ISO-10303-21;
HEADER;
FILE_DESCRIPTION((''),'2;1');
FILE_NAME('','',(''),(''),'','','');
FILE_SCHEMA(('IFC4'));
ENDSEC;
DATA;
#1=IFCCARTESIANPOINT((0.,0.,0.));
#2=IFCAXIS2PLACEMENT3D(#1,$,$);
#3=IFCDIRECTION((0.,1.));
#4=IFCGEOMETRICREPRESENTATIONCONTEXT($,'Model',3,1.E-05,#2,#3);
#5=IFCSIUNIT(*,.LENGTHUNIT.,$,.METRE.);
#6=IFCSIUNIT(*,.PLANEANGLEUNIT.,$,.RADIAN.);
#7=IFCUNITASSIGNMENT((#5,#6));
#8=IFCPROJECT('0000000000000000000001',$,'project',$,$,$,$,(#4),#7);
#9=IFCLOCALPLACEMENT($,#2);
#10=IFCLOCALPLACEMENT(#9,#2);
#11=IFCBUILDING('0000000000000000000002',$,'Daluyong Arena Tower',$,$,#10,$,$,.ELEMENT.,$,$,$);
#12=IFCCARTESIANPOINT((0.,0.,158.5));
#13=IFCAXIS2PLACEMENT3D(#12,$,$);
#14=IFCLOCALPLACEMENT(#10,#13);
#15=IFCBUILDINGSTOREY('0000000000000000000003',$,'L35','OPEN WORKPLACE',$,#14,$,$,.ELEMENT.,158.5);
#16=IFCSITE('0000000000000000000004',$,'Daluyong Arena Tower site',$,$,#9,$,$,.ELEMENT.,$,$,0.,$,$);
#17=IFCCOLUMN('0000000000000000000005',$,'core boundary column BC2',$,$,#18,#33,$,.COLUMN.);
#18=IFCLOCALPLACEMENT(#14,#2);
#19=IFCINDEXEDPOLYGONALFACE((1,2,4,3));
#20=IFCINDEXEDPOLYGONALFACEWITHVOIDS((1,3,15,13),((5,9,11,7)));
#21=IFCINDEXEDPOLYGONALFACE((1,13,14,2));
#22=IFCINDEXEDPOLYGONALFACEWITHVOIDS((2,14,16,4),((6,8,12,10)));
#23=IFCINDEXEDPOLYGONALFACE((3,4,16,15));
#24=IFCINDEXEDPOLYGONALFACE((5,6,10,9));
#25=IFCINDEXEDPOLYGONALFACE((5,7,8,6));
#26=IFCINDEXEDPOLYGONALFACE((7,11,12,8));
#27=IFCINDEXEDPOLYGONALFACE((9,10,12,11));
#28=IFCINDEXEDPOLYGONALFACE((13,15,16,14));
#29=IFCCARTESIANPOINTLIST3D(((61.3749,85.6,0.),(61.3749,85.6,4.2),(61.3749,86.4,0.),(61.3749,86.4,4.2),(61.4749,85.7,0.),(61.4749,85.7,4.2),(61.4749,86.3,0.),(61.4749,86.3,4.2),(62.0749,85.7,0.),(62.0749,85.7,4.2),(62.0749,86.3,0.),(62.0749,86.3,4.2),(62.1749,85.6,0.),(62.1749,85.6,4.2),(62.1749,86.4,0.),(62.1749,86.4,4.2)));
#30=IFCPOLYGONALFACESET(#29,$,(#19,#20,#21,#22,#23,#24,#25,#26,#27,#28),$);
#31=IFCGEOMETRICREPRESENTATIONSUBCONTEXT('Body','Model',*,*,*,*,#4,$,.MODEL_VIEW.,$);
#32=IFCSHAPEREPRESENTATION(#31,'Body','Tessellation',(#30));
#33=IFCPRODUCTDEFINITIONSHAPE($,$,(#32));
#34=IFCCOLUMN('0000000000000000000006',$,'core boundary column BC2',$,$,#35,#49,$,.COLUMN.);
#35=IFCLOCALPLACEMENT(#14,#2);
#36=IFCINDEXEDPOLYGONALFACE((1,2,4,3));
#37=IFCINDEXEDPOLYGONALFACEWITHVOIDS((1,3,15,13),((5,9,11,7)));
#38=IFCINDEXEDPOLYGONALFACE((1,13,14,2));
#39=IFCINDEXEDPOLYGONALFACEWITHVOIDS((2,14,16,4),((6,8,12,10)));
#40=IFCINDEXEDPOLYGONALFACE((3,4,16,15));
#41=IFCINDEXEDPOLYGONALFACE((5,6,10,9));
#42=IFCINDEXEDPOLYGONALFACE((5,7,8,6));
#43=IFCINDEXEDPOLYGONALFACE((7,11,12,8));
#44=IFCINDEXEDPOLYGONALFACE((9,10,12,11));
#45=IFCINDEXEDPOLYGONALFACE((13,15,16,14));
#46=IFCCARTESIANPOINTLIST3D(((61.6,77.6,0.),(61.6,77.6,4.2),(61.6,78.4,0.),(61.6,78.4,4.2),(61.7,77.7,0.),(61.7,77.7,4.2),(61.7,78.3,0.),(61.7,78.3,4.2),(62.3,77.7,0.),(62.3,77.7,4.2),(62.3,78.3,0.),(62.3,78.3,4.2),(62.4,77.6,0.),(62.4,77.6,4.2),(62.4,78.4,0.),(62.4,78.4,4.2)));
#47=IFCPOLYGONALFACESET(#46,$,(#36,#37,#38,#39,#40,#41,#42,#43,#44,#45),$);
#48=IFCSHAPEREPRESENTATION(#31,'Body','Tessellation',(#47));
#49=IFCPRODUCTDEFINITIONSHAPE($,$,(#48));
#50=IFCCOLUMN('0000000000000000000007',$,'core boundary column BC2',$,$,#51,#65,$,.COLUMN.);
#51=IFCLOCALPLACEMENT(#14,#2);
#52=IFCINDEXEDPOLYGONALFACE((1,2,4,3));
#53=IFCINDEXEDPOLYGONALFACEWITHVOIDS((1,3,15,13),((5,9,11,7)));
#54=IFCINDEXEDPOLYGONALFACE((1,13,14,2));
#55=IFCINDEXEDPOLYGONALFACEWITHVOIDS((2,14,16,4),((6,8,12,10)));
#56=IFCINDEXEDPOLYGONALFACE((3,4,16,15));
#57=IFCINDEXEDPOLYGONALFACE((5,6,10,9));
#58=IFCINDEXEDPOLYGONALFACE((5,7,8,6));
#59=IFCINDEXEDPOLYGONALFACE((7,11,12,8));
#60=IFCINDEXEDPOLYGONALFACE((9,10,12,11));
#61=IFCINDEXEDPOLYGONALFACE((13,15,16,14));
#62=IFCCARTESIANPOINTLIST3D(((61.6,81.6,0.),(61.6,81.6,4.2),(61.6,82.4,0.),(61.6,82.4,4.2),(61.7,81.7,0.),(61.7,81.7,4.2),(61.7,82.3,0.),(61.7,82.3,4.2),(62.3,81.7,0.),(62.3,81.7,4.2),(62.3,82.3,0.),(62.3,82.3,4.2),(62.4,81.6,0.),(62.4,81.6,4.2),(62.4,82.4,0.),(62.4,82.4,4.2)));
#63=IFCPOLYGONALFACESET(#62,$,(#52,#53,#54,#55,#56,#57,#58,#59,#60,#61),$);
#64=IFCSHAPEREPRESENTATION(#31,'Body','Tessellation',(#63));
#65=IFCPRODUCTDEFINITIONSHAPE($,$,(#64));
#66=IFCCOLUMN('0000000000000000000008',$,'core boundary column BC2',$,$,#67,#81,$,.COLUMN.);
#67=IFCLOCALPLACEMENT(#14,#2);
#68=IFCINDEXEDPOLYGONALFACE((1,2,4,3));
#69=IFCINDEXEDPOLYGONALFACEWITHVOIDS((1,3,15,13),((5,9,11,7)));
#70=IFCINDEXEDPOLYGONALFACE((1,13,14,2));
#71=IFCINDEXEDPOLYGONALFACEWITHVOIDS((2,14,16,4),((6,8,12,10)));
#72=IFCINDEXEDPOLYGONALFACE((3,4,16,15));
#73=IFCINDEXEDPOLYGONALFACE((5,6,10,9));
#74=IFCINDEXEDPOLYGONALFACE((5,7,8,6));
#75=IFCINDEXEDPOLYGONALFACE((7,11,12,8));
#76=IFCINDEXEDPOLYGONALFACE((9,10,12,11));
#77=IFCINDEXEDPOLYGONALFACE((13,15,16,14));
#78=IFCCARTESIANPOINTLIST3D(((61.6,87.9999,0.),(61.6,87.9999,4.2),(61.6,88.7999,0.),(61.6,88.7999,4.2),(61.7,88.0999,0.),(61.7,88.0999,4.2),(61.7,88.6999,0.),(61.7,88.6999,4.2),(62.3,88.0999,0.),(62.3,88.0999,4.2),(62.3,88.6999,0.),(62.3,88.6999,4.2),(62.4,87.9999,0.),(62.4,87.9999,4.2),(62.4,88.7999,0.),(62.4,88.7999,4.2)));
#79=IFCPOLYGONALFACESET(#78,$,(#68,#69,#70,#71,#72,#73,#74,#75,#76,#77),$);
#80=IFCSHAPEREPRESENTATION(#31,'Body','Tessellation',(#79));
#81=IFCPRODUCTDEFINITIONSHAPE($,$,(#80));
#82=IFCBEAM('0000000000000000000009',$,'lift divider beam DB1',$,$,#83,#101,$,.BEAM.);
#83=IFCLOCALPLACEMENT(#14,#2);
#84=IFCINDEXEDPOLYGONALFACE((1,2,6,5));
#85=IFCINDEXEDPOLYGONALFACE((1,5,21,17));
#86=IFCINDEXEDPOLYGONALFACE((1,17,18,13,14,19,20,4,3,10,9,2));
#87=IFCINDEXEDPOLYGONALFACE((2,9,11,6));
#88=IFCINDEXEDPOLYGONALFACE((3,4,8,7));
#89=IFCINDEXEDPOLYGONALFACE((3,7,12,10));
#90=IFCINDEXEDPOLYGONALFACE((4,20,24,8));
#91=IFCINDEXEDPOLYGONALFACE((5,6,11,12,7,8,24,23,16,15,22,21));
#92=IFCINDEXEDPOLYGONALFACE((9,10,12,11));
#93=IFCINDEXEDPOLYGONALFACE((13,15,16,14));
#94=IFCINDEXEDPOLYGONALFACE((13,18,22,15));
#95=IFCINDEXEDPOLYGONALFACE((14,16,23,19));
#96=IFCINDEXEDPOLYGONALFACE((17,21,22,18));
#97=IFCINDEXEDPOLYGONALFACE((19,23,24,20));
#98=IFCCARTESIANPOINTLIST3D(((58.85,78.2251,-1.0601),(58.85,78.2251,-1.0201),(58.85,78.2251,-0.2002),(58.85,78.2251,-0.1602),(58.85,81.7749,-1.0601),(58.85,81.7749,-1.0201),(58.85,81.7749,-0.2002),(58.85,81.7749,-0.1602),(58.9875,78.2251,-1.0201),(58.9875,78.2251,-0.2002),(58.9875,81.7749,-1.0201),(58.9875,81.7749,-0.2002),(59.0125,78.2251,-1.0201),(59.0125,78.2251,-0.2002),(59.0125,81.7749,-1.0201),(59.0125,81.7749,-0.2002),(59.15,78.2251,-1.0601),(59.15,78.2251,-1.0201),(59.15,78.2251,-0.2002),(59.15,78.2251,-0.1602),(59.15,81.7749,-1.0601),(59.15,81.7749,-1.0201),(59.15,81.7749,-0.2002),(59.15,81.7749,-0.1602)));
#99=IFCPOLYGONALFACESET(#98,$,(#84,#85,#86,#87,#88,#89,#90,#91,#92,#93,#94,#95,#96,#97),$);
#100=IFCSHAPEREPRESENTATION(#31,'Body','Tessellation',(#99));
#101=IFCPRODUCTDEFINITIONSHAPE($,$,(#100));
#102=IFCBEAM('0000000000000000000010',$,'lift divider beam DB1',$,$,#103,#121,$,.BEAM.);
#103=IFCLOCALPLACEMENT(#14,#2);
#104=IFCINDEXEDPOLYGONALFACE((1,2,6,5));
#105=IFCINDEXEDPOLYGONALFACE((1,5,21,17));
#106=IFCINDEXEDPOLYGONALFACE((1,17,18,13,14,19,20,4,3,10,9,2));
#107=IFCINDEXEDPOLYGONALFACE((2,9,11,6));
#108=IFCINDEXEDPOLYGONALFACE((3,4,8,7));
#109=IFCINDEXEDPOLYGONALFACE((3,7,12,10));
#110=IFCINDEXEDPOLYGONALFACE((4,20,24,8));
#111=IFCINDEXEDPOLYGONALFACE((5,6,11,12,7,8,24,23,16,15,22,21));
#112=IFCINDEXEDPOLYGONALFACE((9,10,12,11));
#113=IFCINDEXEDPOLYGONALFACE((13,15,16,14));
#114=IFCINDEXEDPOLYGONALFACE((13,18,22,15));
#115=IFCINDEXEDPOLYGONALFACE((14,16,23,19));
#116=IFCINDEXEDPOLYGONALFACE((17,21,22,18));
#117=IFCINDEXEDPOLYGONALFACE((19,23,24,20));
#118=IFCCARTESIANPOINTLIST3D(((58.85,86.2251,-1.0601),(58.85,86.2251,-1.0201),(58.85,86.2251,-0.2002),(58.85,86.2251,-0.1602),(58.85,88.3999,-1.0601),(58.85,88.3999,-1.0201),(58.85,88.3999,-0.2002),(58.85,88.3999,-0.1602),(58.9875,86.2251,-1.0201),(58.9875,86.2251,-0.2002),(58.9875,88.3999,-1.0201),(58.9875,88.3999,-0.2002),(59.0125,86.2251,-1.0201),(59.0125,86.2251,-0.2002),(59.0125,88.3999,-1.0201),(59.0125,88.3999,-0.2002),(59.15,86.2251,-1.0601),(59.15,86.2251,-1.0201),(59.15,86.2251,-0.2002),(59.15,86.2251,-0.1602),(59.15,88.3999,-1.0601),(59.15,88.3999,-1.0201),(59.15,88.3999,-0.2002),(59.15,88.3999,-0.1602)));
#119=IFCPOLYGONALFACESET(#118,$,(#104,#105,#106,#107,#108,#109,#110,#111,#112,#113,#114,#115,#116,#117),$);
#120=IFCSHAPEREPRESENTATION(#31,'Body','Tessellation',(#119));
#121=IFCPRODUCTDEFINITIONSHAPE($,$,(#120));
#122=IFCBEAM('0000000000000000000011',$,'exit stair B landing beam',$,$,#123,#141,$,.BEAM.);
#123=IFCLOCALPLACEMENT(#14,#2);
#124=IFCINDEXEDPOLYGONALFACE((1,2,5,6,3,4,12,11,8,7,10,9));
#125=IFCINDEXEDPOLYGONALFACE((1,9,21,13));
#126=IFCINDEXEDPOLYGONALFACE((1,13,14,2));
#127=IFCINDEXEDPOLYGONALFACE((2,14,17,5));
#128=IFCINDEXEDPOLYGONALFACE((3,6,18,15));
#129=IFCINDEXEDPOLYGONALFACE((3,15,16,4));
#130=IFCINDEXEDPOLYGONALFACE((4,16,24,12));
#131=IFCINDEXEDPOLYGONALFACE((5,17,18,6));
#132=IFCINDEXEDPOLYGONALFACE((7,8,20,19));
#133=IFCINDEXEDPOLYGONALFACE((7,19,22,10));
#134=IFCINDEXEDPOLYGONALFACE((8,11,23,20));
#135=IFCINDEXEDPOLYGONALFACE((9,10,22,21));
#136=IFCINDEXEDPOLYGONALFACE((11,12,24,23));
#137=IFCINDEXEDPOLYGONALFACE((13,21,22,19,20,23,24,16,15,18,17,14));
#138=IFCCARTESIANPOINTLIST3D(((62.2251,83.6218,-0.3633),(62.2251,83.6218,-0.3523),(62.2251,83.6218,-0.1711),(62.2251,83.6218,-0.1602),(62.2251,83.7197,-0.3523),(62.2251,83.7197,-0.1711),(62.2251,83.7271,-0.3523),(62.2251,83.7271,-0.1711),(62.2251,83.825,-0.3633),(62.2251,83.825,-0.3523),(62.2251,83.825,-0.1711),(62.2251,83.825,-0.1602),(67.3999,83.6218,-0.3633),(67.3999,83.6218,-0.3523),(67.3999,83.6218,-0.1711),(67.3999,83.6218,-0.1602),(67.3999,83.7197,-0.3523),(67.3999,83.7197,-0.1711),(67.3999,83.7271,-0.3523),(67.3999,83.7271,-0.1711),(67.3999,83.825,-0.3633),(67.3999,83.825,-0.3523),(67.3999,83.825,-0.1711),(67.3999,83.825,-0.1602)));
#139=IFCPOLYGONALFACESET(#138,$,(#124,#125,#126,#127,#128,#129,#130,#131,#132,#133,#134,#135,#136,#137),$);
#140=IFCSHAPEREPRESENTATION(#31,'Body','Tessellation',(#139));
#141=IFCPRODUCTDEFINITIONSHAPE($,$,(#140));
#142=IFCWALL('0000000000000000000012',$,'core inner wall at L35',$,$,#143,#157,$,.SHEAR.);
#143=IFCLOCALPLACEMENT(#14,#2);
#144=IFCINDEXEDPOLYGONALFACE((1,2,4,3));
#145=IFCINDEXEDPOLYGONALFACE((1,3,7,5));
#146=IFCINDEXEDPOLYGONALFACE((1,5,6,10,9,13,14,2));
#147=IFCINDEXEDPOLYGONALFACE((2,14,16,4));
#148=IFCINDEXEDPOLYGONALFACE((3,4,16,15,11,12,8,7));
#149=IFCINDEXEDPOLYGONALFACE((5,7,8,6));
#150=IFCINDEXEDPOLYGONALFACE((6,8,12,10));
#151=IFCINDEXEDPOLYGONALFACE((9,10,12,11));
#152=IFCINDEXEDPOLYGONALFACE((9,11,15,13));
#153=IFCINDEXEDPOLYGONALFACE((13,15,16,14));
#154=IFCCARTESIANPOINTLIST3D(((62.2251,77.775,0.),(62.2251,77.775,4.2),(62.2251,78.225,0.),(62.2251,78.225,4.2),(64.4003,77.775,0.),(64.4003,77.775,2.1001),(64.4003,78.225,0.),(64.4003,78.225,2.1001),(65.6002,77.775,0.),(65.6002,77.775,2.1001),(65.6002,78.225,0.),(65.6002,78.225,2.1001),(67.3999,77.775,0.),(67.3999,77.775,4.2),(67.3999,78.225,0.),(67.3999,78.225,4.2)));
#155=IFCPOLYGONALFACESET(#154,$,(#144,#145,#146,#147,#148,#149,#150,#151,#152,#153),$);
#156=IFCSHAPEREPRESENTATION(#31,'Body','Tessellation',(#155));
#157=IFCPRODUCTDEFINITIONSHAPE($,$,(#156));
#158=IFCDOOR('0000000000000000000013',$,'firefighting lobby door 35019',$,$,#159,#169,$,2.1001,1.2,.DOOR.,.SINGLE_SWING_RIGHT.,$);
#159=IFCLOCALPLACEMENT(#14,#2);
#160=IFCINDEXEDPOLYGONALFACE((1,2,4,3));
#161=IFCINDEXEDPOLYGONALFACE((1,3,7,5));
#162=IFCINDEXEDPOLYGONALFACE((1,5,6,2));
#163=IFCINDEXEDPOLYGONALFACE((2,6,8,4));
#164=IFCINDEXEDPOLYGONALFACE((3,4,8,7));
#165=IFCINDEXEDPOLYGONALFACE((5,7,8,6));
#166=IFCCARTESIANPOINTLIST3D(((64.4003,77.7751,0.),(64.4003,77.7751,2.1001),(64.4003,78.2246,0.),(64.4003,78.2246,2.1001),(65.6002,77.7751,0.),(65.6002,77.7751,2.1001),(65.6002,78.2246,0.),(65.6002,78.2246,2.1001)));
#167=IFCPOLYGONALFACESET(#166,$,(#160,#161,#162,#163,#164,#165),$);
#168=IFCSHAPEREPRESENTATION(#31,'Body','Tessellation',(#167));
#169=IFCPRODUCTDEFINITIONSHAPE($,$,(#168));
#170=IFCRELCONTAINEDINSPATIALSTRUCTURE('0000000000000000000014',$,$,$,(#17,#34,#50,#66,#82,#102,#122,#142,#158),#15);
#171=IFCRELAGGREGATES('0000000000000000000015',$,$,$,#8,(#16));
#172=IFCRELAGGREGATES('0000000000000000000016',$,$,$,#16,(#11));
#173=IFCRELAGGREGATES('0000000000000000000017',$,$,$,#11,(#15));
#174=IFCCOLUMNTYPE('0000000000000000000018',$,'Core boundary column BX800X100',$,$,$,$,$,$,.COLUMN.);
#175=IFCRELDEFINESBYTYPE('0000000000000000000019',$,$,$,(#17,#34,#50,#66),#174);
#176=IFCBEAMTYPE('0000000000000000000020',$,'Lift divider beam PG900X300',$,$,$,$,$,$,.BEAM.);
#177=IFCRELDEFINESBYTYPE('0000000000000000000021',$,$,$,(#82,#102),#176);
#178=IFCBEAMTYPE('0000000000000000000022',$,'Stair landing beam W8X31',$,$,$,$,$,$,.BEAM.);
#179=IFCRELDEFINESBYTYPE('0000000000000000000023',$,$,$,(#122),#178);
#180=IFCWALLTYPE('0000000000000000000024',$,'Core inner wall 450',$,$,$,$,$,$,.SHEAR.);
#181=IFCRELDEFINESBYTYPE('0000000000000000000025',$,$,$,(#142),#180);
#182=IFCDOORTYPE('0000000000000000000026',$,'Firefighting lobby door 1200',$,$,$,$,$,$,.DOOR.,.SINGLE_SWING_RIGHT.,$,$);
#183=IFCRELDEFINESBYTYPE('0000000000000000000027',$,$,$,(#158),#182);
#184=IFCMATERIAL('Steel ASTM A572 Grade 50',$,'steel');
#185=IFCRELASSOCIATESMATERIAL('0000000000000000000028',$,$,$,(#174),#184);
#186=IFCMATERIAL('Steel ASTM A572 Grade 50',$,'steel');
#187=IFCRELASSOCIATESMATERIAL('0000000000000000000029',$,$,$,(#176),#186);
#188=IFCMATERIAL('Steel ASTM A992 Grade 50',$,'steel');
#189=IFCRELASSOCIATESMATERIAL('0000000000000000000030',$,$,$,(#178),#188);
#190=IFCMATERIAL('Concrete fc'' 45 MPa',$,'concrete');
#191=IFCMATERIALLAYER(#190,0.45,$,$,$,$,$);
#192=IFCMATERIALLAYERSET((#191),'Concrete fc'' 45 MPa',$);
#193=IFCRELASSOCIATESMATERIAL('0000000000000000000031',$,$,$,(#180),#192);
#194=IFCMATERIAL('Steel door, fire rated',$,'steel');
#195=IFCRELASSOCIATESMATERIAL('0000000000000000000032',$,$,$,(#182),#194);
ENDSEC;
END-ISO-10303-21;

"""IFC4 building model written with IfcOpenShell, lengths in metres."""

from ifc_helpers import new_model, si_unit, direction, frame, frame_2d, origin, origin_2d, place, context, subcontext, project, spatial, rectangle, hollow_rectangle, i_section, extrude, material, layer, layer_set, material_profile, profile_set, type_object, element, fill, save


model = new_model("IFC4")

# Units and contexts
model_context = context("Model", 3, precision=1e-05, world=origin(), true_north=direction((0.0, 1.0)))
body_context = subcontext(model_context, "Body", "Model", "MODEL_VIEW")
ifc_project = project(units=[si_unit("LENGTHUNIT", "METRE"), si_unit("PLANEANGLEUNIT", "RADIAN")], contexts=[model_context])

# Site, building, storey
site_placement = place(None, origin())
site = spatial("IfcSite", under=ifc_project, at=site_placement, Name="Daluyong Arena Tower site", CompositionType="ELEMENT", RefElevation=0.0)
building_placement = place(site_placement, origin())
building = spatial("IfcBuilding", under=site, at=building_placement, Name="Daluyong Arena Tower", CompositionType="ELEMENT")
storey_placement = place(building_placement, frame((0.0, 0.0, 158.5)))
storey = spatial("IfcBuildingStorey", under=building, at=storey_placement, Name="L35", Description="OPEN WORKPLACE", CompositionType="ELEMENT", Elevation=158.5)

# Columns
ifc_material_1 = material(Name="Steel ASTM A572 Grade 50", Category="steel")
ifc_material_profile_1 = material_profile(ifc_material_1, hollow_rectangle(XDim=0.8, YDim=0.8, WallThickness=0.1, at=origin_2d()))
ifc_profile_set_1 = profile_set([ifc_material_profile_1], Name="Steel ASTM A572 Grade 50")
column_type = type_object("IfcColumnType", Name="Core boundary column BX800X100", PredefinedType="COLUMN", material=ifc_profile_set_1)
for number, where, z_axis, x_axis, name in (
    (1, (61.7749, 86.0, 0.0), (0.0, 0.0, 1.0), (1.0, 0.0, 0.0), "core boundary column BC2"),
    (2, (62.0, 78.0, 0.0), (0.0, 0.0, 1.0), (1.0, 0.0, 0.0), "core boundary column BC2"),
    (3, (62.0, 82.0, 0.0), (0.0, 0.0, 1.0), (1.0, 0.0, 0.0), "core boundary column BC2"),
    (4, (62.0, 88.3999, 0.0), (0.0, 0.0, 1.0), (1.0, 0.0, 0.0), "core boundary column BC2"),
):
    element("IfcColumn", number, at=place(storey_placement, frame(where, z_axis=z_axis, x_axis=x_axis)), inside=storey, type_object=column_type, Name=name, PredefinedType="COLUMN", context=body_context, shape_type="SweptSolid", body=[
        extrude(hollow_rectangle(XDim=0.8, YDim=0.8, WallThickness=0.1, at=origin_2d()), origin(), (0.0, 0.0, 1.0), 4.2),
    ])

# Beams
ifc_material_2 = material(Name="Steel ASTM A572 Grade 50", Category="steel")
ifc_material_profile_2 = material_profile(ifc_material_2, i_section(OverallWidth=0.3, OverallDepth=0.8999, WebThickness=0.025, FlangeThickness=0.04, at=origin_2d()))
ifc_profile_set_2 = profile_set([ifc_material_profile_2], Name="Steel ASTM A572 Grade 50")
beam_type_1 = type_object("IfcBeamType", Name="Lift divider beam PG900X300", PredefinedType="BEAM", material=ifc_profile_set_2)
beam_1_placement = place(storey_placement, frame((59.0, 78.2251, -0.6101), z_axis=(0.0, 1.0, 0.0), x_axis=(-1.0, 0.0, 0.0)))
element("IfcBeam", 5, at=beam_1_placement, inside=storey, type_object=beam_type_1, Name="lift divider beam DB1", PredefinedType="BEAM", context=body_context, shape_type="SweptSolid", body=[
    extrude(i_section(OverallWidth=0.3, OverallDepth=0.8999, WebThickness=0.025, FlangeThickness=0.04, at=origin_2d()), origin(), (0.0, 0.0, 1.0), 3.5498),
])
beam_2_placement = place(storey_placement, frame((59.0, 86.2251, -0.6101), z_axis=(0.0, 1.0, 0.0), x_axis=(-1.0, 0.0, 0.0)))
element("IfcBeam", 6, at=beam_2_placement, inside=storey, type_object=beam_type_1, Name="lift divider beam DB1", PredefinedType="BEAM", context=body_context, shape_type="SweptSolid", body=[
    extrude(i_section(OverallWidth=0.3, OverallDepth=0.8999, WebThickness=0.025, FlangeThickness=0.04, at=origin_2d()), origin(), (0.0, 0.0, 1.0), 2.1748),
])
ifc_material_3 = material(Name="Steel ASTM A992 Grade 50", Category="steel")
ifc_material_profile_3 = material_profile(ifc_material_3, i_section(OverallWidth=0.2031, OverallDepth=0.2031, WebThickness=0.0073, FlangeThickness=0.011, at=origin_2d()))
ifc_profile_set_3 = profile_set([ifc_material_profile_3], Name="Steel ASTM A992 Grade 50")
beam_type_2 = type_object("IfcBeamType", Name="Stair landing beam W8X31", PredefinedType="BEAM", material=ifc_profile_set_3)
beam_3_placement = place(storey_placement, frame((62.2251, 83.7234, -0.2617), z_axis=(1.0, 0.0, 0.0), x_axis=(0.0, 1.0, 0.0)))
element("IfcBeam", 7, at=beam_3_placement, inside=storey, type_object=beam_type_2, Name="exit stair B landing beam", PredefinedType="BEAM", context=body_context, shape_type="SweptSolid", body=[
    extrude(i_section(OverallWidth=0.2031, OverallDepth=0.2031, WebThickness=0.0073, FlangeThickness=0.011, at=origin_2d()), origin(), (0.0, 0.0, 1.0), 5.1748),
])

# Wall, opening, door
ifc_material_4 = material(Name="Concrete fc' 45 MPa", Category="concrete")
ifc_layer_1 = layer(ifc_material_4, 0.45)
ifc_layer_set_1 = layer_set([ifc_layer_1], Name="Concrete fc' 45 MPa")
wall_type_1 = type_object("IfcWallType", Name="Core inner wall 450", PredefinedType="SHEAR", material=ifc_layer_set_1)
wall_1_placement = place(storey_placement, frame((62.2251, 78.0, 0.0), z_axis=(0.0, 0.0, 1.0), x_axis=(1.0, 0.0, 0.0)))
wall_1 = element("IfcWall", 8, at=wall_1_placement, inside=storey, type_object=wall_type_1, Name="core inner wall at L35", PredefinedType="SHEAR", context=body_context, shape_type="SweptSolid", body=[
    extrude(rectangle(XDim=5.1748, YDim=0.45, at=frame_2d((2.5874, 0.0))), origin(), (0.0, 0.0, 1.0), 4.2),
])
opening_1_placement = place(wall_1_placement, frame((2.175, 0.0, 0.0)))
opening_1 = element("IfcOpeningElement", 9, at=opening_1_placement, cuts=wall_1, PredefinedType="OPENING", context=body_context, shape_type="SweptSolid", body=[
    extrude(rectangle(XDim=1.2, YDim=2.1001, at=frame_2d((0.6001, 1.05))), frame((0.0, 0.2349, 0.0), z_axis=(0.0, -1.0, 0.0), x_axis=(1.0, 0.0, 0.0)), (0.0, 0.0, 1.0), 0.47),
])
ifc_material_5 = material(Name="Steel door, fire rated", Category="steel")
door_type_1 = type_object("IfcDoorType", Name="Firefighting lobby door 1200", OperationType="SINGLE_SWING_RIGHT", PredefinedType="DOOR", material=ifc_material_5)
door_1_placement = place(opening_1_placement, origin())
door_1 = element("IfcDoor", 10, at=door_1_placement, inside=storey, type_object=door_type_1, Name="firefighting lobby door 35019", OperationType="SINGLE_SWING_RIGHT", OverallHeight=2.1001, OverallWidth=1.2, PredefinedType="DOOR", context=body_context, shape_type="SweptSolid", body=[
    extrude(rectangle(XDim=1.2, YDim=2.1001, at=frame_2d((0.6001, 1.05))), frame((0.0, 0.2246, 0.0), z_axis=(0.0, -1.0, 0.0), x_axis=(1.0, 0.0, 0.0)), (0.0, 0.0, 1.0), 0.4495),
])
fill(opening_1, door_1)

save(model, "model.ifc")
